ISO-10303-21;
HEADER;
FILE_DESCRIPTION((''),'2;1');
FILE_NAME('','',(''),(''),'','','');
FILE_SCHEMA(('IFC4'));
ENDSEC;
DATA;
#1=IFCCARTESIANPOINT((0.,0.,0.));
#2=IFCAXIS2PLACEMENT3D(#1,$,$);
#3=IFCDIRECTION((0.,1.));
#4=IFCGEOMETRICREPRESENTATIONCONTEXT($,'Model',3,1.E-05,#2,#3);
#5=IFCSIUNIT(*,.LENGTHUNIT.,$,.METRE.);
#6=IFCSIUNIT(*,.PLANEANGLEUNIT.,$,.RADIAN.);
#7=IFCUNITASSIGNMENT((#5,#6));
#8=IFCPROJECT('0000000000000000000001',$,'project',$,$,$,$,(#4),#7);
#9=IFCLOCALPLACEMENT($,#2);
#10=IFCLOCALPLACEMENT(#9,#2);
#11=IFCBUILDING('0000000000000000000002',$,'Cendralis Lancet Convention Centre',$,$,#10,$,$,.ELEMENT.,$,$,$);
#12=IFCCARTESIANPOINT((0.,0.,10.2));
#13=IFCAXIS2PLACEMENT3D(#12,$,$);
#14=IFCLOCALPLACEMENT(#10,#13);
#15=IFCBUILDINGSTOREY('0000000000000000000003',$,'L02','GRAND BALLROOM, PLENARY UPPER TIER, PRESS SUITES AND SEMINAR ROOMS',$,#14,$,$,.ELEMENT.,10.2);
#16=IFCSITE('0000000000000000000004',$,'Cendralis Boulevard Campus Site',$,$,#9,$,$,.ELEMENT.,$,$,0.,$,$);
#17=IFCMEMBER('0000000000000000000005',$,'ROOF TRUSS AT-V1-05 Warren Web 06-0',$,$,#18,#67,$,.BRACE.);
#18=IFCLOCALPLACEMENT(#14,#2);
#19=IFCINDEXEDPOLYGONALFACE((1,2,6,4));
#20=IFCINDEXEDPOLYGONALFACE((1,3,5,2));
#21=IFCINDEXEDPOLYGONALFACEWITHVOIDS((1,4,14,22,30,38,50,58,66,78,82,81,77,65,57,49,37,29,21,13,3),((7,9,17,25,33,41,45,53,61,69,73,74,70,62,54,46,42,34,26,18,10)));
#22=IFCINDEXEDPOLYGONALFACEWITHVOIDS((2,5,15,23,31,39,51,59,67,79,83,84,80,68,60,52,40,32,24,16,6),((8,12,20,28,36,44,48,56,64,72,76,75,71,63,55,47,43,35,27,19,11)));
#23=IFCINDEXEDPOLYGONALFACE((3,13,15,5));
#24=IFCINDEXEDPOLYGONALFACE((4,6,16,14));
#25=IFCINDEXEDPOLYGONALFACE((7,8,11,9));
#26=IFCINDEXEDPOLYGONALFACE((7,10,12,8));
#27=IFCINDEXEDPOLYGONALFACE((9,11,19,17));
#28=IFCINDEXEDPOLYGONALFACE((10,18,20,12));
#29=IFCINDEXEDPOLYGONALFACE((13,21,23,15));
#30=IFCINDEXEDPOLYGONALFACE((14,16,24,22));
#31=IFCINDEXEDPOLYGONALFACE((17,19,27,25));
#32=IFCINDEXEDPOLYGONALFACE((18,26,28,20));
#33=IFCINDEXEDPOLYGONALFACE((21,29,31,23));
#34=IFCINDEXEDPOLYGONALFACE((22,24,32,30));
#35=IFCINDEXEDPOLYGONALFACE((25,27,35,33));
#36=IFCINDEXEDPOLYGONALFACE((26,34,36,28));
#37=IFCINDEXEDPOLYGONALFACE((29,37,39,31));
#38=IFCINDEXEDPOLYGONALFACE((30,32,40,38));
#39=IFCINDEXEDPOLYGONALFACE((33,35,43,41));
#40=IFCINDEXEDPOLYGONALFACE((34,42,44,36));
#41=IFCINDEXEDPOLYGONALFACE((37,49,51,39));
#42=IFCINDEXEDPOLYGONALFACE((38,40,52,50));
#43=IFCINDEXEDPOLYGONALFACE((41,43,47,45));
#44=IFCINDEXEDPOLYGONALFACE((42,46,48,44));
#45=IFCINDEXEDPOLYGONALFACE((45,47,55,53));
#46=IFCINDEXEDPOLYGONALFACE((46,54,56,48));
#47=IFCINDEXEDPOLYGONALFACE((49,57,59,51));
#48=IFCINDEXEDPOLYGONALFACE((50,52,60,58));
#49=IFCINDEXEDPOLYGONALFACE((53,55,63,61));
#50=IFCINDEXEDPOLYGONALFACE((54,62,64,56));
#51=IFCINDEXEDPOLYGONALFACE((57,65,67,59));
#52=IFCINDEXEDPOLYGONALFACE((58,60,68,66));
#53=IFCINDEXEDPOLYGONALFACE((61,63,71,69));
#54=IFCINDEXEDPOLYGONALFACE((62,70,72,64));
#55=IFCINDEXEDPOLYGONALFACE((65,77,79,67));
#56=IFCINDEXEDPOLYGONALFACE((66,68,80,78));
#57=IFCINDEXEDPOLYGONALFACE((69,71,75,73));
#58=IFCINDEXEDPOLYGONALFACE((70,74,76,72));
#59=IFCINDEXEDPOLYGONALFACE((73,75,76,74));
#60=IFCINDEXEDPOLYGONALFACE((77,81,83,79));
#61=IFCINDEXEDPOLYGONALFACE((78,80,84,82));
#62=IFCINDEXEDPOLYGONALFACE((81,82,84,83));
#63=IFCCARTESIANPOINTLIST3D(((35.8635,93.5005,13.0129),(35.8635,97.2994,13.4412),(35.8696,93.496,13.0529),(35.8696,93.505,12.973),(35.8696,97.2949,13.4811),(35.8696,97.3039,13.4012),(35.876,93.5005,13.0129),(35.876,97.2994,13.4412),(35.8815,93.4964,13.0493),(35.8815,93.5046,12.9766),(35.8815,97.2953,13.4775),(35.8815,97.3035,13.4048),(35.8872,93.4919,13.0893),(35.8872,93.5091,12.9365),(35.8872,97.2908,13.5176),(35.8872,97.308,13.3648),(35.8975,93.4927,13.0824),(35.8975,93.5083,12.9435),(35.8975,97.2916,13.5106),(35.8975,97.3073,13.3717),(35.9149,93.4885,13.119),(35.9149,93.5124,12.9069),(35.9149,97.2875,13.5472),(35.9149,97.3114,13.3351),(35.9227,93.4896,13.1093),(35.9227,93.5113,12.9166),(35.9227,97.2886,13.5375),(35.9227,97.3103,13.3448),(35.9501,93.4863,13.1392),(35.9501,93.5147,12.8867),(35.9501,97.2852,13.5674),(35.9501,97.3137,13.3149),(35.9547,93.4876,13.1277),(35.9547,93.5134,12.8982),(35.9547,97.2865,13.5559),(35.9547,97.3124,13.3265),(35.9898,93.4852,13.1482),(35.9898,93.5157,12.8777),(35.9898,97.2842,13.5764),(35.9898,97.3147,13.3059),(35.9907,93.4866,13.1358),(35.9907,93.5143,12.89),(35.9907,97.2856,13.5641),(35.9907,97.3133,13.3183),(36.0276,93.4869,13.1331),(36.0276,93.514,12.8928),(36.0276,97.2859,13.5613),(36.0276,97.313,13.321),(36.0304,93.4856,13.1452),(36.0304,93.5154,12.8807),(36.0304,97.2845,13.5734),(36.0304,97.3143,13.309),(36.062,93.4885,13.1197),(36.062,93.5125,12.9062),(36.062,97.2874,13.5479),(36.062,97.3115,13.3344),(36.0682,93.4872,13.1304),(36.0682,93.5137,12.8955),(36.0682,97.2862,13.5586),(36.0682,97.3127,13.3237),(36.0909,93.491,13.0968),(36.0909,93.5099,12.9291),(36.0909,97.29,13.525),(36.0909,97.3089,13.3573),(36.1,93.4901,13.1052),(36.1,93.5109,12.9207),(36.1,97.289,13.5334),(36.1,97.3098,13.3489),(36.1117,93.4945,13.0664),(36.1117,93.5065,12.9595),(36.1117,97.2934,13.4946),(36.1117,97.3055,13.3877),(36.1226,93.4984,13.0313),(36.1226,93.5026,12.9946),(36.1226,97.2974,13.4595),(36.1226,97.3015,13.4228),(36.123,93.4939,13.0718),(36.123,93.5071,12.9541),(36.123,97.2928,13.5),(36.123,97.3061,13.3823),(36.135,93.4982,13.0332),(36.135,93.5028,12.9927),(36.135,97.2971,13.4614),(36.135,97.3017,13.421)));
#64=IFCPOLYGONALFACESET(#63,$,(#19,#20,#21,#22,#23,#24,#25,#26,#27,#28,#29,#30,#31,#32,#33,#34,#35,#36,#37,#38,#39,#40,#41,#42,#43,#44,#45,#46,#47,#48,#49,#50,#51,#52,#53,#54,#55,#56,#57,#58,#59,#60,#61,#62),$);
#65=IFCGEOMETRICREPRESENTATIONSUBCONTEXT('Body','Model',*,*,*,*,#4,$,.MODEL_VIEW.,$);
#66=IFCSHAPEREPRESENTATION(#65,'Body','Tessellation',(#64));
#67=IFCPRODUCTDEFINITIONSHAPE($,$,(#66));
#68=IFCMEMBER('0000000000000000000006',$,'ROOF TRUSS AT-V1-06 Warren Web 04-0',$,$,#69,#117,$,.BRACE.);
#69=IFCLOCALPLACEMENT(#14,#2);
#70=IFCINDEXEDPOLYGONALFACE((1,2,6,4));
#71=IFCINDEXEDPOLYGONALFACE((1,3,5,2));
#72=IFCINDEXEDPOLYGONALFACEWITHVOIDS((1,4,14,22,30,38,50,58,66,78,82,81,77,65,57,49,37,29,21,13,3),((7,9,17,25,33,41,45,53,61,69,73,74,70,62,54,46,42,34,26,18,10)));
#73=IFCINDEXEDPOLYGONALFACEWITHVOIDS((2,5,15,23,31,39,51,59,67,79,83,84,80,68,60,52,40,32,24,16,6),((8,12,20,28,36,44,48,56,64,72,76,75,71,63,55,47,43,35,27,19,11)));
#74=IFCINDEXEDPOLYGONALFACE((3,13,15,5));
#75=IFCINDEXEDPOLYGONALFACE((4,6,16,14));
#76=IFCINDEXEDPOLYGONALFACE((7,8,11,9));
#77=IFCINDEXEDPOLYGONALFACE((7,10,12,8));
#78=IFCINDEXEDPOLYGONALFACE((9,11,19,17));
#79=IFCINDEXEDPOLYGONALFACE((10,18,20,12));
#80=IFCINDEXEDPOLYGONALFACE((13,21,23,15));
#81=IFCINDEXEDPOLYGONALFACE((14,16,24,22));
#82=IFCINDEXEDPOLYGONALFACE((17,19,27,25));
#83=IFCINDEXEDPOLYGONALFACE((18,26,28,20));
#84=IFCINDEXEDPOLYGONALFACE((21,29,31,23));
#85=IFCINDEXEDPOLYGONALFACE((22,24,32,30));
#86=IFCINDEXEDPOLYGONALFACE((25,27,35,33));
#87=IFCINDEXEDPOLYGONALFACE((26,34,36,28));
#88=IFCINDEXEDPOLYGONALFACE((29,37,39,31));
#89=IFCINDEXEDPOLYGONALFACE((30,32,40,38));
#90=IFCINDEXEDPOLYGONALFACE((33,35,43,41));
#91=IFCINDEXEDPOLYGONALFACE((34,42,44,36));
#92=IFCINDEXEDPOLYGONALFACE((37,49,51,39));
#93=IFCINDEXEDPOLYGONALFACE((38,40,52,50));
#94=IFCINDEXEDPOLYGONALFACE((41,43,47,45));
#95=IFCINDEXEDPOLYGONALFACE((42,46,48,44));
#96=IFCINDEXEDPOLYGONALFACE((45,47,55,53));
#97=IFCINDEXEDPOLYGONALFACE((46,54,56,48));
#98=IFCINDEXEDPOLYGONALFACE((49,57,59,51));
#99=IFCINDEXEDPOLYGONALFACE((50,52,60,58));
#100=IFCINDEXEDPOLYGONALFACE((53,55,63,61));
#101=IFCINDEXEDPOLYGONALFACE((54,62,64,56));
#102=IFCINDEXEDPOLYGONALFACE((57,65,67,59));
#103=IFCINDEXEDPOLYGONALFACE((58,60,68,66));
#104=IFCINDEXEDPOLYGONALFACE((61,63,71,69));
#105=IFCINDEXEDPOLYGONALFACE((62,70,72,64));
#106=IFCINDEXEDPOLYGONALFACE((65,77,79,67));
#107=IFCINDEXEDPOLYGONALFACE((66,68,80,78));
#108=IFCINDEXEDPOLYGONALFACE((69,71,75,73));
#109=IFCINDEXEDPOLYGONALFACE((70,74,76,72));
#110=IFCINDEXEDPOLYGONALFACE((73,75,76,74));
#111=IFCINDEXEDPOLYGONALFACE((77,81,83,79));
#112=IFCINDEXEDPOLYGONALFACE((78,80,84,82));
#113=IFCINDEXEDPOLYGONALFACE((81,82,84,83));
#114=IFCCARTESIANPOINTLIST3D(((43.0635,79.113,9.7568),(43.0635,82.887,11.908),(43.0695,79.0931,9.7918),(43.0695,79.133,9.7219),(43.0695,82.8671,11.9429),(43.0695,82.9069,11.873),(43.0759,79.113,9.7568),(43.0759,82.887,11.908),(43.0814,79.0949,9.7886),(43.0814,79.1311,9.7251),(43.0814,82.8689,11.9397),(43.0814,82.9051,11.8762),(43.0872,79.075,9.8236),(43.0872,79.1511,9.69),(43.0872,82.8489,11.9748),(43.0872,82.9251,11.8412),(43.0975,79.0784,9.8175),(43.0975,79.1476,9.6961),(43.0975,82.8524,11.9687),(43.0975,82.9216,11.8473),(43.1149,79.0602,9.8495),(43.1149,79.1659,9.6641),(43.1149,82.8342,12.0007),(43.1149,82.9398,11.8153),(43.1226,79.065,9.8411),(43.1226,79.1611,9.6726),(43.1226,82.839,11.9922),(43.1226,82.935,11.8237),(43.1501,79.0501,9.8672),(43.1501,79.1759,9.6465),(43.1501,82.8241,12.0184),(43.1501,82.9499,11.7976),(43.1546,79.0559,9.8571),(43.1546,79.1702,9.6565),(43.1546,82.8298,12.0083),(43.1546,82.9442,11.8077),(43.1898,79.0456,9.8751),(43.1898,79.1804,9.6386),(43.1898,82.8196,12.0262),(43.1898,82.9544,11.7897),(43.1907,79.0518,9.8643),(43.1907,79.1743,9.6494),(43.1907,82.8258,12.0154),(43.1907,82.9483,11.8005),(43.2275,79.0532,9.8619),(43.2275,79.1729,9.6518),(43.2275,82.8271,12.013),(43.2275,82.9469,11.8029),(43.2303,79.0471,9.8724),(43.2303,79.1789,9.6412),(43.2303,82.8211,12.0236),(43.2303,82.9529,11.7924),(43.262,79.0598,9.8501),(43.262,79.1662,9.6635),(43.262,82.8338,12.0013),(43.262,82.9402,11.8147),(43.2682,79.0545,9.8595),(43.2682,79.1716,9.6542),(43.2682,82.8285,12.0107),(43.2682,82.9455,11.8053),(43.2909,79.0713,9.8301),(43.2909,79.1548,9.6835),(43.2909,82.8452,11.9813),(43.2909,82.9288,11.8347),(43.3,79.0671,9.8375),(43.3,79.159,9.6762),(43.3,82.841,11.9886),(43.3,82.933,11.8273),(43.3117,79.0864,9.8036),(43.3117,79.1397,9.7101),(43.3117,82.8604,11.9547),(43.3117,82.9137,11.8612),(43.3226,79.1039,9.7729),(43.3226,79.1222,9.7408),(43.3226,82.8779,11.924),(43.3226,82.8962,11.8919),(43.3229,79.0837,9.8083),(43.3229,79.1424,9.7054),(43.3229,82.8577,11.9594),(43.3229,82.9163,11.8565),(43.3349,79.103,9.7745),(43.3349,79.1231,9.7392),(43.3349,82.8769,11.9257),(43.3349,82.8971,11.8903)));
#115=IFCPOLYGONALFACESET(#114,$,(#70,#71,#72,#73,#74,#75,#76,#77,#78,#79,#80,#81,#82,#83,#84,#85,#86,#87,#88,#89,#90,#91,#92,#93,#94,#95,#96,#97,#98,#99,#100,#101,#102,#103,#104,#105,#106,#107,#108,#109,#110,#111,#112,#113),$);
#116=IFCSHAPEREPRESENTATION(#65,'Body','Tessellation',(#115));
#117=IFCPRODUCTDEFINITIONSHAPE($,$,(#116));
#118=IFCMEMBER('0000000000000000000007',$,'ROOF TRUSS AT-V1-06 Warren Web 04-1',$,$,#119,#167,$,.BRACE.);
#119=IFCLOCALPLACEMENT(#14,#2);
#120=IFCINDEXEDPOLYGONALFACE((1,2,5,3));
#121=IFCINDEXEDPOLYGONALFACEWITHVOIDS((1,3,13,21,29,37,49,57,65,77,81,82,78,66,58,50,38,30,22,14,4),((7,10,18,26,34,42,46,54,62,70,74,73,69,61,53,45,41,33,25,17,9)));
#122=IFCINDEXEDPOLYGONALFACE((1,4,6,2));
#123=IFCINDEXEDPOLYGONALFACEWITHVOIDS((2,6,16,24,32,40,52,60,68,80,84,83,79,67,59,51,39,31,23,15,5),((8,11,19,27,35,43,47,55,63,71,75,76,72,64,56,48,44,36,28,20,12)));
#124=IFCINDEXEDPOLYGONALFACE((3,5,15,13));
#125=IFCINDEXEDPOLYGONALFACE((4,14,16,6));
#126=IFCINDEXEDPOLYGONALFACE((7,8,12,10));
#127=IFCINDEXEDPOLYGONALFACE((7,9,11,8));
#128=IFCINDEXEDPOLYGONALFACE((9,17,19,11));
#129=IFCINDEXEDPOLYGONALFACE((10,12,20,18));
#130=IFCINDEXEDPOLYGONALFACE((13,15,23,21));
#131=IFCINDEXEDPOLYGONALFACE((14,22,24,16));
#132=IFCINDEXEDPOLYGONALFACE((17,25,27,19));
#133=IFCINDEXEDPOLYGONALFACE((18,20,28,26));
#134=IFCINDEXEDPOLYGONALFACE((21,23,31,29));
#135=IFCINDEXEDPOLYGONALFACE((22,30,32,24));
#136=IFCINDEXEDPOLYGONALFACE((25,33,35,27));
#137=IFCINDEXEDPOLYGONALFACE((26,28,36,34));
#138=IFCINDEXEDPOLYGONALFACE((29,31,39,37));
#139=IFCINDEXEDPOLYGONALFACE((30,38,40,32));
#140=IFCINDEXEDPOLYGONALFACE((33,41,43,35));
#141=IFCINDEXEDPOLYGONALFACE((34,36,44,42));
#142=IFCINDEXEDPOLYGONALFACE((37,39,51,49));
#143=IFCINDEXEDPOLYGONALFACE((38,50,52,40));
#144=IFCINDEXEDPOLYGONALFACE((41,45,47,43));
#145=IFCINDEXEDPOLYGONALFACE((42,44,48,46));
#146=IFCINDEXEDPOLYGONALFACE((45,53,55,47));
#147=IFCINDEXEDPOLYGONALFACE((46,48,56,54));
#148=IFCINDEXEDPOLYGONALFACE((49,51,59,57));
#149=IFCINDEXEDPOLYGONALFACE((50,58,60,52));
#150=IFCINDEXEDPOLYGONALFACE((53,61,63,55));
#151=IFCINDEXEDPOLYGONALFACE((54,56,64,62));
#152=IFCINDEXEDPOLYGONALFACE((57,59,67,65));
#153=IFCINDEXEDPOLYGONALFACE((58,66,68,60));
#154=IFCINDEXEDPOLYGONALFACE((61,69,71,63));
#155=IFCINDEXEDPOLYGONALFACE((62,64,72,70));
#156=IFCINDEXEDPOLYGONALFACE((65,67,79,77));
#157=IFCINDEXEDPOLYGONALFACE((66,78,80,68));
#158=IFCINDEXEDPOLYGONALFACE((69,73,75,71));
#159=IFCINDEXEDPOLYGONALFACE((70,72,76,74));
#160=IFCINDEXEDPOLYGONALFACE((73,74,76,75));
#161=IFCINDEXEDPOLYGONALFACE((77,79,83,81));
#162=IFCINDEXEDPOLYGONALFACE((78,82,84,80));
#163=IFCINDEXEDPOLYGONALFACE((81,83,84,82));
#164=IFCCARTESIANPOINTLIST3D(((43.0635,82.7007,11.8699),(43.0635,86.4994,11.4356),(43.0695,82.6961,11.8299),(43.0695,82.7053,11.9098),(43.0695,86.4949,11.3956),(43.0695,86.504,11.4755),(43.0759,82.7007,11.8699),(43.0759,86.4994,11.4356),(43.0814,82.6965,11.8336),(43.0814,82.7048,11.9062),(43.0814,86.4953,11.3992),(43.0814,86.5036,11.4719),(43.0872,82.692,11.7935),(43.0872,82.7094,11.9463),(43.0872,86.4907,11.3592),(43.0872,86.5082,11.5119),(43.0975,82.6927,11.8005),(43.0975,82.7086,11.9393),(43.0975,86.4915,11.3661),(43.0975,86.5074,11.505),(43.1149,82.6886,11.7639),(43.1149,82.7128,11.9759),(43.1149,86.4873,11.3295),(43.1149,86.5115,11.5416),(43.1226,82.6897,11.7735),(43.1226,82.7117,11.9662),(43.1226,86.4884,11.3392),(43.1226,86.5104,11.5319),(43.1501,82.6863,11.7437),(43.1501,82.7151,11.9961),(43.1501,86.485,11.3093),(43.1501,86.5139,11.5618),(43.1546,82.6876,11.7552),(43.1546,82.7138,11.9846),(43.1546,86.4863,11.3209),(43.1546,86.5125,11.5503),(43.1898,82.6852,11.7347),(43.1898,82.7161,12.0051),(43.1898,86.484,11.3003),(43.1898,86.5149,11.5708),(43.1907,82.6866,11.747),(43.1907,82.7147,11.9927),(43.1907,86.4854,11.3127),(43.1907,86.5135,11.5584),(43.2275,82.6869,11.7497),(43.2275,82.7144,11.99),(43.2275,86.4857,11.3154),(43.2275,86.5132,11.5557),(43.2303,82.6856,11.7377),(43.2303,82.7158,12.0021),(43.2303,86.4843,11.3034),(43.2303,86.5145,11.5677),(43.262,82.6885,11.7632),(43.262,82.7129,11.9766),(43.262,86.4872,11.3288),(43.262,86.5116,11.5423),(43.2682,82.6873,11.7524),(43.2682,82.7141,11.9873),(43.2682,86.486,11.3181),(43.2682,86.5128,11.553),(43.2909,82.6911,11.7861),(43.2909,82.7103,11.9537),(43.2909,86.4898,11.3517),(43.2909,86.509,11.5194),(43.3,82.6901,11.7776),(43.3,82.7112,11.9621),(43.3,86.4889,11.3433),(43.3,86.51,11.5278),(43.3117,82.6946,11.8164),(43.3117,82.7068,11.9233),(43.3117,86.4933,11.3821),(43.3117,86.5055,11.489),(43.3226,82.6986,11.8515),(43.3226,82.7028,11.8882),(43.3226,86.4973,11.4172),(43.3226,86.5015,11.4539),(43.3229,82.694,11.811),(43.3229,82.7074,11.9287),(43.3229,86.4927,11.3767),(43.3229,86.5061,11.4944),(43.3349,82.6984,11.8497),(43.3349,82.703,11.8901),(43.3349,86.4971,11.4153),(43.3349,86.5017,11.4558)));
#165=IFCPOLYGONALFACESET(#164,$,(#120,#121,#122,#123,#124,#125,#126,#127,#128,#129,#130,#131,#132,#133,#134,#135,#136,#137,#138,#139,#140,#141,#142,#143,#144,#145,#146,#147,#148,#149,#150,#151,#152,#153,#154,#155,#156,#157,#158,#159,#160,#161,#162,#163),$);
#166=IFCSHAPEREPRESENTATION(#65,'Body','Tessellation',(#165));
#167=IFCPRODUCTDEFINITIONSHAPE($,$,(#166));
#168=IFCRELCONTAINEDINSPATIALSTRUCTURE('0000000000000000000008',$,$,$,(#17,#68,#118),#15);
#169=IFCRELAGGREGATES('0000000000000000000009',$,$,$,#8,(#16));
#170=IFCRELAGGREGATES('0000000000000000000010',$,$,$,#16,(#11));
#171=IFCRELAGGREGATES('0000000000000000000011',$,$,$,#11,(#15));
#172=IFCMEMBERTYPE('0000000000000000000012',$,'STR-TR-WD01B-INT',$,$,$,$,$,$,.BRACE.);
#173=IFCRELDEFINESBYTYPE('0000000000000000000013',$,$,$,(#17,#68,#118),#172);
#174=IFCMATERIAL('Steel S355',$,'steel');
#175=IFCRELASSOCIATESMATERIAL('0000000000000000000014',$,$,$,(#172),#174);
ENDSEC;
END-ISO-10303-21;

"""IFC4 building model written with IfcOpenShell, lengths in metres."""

from ifc_helpers import new_model, si_unit, direction, frame, origin, origin_2d, place, context, subcontext, project, spatial, hollow_circle, extrude, material, material_profile, profile_set, type_object, element, save


model = new_model("IFC4")

# Units and contexts
model_context = context("Model", 3, precision=1e-05, world=origin(), true_north=direction((0.0, 1.0)))
body_context = subcontext(model_context, "Body", "Model", "MODEL_VIEW")
ifc_project = project(units=[si_unit("LENGTHUNIT", "METRE"), si_unit("PLANEANGLEUNIT", "RADIAN")], contexts=[model_context])

# Site, building, storey
site_placement = place(None, origin())
site = spatial("IfcSite", under=ifc_project, at=site_placement, Name="Cendralis Boulevard Campus Site", CompositionType="ELEMENT", RefElevation=0.0)
building_placement = place(site_placement, origin())
building = spatial("IfcBuilding", under=site, at=building_placement, Name="Cendralis Lancet Convention Centre", CompositionType="ELEMENT")
storey_placement = place(building_placement, frame((0.0, 0.0, 10.2)))
storey = spatial("IfcBuildingStorey", under=building, at=storey_placement, Name="L02", Description="GRAND BALLROOM, PLENARY UPPER TIER, PRESS SUITES AND SEMINAR ROOMS", CompositionType="ELEMENT", Elevation=10.2)

# Members
ifc_material = material(Name="Steel S355", Category="steel")
ifc_material_profile_1 = material_profile(ifc_material, hollow_circle(Radius=0.1365, WallThickness=0.0125, at=origin_2d()), Name="CHS 273.0x12.5")
ifc_profile_set_1 = profile_set([ifc_material_profile_1], Name="Steel S355")
member_type_1 = type_object("IfcMemberType", Name="STR-TR-WD01B-INT", PredefinedType="BRACE", material=ifc_profile_set_1)
for number, where, z_axis, x_axis, name in (
    (1, (36.0, 93.5005, 13.0129), (0.0, 0.993706, 0.112015), (-1.0, 0.0, 0.0), "ROOF TRUSS AT-V1-05 Warren Web 06-0"),
):
    element("IfcMember", number, at=place(storey_placement, frame(where, z_axis=z_axis, x_axis=x_axis)), inside=storey, type_object=member_type_1, Name=name, PredefinedType="BRACE", context=body_context, shape_type="SweptSolid", body=[
        extrude(hollow_circle(Radius=0.1365, WallThickness=0.0125, at=origin_2d()), origin(), (0.0, 0.0, 1.0), 3.823),
    ])
member_1_placement = place(storey_placement, frame((43.2, 79.113, 9.7568), z_axis=(0.0, 0.868779, 0.4952), x_axis=(-1.0, 0.0, 0.0)))
element("IfcMember", 2, at=member_1_placement, inside=storey, type_object=member_type_1, Name="ROOF TRUSS AT-V1-06 Warren Web 04-0", PredefinedType="BRACE", context=body_context, shape_type="SweptSolid", body=[
    extrude(hollow_circle(Radius=0.1365, WallThickness=0.0125, at=origin_2d()), origin(), (0.0, 0.0, 1.0), 4.344),
])
member_2_placement = place(storey_placement, frame((43.2, 82.7007, 11.8699), z_axis=(0.0, 0.993528, -0.113592), x_axis=(-1.0, 0.0, 0.0)))
element("IfcMember", 3, at=member_2_placement, inside=storey, type_object=member_type_1, Name="ROOF TRUSS AT-V1-06 Warren Web 04-1", PredefinedType="BRACE", context=body_context, shape_type="SweptSolid", body=[
    extrude(hollow_circle(Radius=0.1365, WallThickness=0.0125, at=origin_2d()), origin(), (0.0, 0.0, 1.0), 3.8235),
])

save(model, "model.ifc")
